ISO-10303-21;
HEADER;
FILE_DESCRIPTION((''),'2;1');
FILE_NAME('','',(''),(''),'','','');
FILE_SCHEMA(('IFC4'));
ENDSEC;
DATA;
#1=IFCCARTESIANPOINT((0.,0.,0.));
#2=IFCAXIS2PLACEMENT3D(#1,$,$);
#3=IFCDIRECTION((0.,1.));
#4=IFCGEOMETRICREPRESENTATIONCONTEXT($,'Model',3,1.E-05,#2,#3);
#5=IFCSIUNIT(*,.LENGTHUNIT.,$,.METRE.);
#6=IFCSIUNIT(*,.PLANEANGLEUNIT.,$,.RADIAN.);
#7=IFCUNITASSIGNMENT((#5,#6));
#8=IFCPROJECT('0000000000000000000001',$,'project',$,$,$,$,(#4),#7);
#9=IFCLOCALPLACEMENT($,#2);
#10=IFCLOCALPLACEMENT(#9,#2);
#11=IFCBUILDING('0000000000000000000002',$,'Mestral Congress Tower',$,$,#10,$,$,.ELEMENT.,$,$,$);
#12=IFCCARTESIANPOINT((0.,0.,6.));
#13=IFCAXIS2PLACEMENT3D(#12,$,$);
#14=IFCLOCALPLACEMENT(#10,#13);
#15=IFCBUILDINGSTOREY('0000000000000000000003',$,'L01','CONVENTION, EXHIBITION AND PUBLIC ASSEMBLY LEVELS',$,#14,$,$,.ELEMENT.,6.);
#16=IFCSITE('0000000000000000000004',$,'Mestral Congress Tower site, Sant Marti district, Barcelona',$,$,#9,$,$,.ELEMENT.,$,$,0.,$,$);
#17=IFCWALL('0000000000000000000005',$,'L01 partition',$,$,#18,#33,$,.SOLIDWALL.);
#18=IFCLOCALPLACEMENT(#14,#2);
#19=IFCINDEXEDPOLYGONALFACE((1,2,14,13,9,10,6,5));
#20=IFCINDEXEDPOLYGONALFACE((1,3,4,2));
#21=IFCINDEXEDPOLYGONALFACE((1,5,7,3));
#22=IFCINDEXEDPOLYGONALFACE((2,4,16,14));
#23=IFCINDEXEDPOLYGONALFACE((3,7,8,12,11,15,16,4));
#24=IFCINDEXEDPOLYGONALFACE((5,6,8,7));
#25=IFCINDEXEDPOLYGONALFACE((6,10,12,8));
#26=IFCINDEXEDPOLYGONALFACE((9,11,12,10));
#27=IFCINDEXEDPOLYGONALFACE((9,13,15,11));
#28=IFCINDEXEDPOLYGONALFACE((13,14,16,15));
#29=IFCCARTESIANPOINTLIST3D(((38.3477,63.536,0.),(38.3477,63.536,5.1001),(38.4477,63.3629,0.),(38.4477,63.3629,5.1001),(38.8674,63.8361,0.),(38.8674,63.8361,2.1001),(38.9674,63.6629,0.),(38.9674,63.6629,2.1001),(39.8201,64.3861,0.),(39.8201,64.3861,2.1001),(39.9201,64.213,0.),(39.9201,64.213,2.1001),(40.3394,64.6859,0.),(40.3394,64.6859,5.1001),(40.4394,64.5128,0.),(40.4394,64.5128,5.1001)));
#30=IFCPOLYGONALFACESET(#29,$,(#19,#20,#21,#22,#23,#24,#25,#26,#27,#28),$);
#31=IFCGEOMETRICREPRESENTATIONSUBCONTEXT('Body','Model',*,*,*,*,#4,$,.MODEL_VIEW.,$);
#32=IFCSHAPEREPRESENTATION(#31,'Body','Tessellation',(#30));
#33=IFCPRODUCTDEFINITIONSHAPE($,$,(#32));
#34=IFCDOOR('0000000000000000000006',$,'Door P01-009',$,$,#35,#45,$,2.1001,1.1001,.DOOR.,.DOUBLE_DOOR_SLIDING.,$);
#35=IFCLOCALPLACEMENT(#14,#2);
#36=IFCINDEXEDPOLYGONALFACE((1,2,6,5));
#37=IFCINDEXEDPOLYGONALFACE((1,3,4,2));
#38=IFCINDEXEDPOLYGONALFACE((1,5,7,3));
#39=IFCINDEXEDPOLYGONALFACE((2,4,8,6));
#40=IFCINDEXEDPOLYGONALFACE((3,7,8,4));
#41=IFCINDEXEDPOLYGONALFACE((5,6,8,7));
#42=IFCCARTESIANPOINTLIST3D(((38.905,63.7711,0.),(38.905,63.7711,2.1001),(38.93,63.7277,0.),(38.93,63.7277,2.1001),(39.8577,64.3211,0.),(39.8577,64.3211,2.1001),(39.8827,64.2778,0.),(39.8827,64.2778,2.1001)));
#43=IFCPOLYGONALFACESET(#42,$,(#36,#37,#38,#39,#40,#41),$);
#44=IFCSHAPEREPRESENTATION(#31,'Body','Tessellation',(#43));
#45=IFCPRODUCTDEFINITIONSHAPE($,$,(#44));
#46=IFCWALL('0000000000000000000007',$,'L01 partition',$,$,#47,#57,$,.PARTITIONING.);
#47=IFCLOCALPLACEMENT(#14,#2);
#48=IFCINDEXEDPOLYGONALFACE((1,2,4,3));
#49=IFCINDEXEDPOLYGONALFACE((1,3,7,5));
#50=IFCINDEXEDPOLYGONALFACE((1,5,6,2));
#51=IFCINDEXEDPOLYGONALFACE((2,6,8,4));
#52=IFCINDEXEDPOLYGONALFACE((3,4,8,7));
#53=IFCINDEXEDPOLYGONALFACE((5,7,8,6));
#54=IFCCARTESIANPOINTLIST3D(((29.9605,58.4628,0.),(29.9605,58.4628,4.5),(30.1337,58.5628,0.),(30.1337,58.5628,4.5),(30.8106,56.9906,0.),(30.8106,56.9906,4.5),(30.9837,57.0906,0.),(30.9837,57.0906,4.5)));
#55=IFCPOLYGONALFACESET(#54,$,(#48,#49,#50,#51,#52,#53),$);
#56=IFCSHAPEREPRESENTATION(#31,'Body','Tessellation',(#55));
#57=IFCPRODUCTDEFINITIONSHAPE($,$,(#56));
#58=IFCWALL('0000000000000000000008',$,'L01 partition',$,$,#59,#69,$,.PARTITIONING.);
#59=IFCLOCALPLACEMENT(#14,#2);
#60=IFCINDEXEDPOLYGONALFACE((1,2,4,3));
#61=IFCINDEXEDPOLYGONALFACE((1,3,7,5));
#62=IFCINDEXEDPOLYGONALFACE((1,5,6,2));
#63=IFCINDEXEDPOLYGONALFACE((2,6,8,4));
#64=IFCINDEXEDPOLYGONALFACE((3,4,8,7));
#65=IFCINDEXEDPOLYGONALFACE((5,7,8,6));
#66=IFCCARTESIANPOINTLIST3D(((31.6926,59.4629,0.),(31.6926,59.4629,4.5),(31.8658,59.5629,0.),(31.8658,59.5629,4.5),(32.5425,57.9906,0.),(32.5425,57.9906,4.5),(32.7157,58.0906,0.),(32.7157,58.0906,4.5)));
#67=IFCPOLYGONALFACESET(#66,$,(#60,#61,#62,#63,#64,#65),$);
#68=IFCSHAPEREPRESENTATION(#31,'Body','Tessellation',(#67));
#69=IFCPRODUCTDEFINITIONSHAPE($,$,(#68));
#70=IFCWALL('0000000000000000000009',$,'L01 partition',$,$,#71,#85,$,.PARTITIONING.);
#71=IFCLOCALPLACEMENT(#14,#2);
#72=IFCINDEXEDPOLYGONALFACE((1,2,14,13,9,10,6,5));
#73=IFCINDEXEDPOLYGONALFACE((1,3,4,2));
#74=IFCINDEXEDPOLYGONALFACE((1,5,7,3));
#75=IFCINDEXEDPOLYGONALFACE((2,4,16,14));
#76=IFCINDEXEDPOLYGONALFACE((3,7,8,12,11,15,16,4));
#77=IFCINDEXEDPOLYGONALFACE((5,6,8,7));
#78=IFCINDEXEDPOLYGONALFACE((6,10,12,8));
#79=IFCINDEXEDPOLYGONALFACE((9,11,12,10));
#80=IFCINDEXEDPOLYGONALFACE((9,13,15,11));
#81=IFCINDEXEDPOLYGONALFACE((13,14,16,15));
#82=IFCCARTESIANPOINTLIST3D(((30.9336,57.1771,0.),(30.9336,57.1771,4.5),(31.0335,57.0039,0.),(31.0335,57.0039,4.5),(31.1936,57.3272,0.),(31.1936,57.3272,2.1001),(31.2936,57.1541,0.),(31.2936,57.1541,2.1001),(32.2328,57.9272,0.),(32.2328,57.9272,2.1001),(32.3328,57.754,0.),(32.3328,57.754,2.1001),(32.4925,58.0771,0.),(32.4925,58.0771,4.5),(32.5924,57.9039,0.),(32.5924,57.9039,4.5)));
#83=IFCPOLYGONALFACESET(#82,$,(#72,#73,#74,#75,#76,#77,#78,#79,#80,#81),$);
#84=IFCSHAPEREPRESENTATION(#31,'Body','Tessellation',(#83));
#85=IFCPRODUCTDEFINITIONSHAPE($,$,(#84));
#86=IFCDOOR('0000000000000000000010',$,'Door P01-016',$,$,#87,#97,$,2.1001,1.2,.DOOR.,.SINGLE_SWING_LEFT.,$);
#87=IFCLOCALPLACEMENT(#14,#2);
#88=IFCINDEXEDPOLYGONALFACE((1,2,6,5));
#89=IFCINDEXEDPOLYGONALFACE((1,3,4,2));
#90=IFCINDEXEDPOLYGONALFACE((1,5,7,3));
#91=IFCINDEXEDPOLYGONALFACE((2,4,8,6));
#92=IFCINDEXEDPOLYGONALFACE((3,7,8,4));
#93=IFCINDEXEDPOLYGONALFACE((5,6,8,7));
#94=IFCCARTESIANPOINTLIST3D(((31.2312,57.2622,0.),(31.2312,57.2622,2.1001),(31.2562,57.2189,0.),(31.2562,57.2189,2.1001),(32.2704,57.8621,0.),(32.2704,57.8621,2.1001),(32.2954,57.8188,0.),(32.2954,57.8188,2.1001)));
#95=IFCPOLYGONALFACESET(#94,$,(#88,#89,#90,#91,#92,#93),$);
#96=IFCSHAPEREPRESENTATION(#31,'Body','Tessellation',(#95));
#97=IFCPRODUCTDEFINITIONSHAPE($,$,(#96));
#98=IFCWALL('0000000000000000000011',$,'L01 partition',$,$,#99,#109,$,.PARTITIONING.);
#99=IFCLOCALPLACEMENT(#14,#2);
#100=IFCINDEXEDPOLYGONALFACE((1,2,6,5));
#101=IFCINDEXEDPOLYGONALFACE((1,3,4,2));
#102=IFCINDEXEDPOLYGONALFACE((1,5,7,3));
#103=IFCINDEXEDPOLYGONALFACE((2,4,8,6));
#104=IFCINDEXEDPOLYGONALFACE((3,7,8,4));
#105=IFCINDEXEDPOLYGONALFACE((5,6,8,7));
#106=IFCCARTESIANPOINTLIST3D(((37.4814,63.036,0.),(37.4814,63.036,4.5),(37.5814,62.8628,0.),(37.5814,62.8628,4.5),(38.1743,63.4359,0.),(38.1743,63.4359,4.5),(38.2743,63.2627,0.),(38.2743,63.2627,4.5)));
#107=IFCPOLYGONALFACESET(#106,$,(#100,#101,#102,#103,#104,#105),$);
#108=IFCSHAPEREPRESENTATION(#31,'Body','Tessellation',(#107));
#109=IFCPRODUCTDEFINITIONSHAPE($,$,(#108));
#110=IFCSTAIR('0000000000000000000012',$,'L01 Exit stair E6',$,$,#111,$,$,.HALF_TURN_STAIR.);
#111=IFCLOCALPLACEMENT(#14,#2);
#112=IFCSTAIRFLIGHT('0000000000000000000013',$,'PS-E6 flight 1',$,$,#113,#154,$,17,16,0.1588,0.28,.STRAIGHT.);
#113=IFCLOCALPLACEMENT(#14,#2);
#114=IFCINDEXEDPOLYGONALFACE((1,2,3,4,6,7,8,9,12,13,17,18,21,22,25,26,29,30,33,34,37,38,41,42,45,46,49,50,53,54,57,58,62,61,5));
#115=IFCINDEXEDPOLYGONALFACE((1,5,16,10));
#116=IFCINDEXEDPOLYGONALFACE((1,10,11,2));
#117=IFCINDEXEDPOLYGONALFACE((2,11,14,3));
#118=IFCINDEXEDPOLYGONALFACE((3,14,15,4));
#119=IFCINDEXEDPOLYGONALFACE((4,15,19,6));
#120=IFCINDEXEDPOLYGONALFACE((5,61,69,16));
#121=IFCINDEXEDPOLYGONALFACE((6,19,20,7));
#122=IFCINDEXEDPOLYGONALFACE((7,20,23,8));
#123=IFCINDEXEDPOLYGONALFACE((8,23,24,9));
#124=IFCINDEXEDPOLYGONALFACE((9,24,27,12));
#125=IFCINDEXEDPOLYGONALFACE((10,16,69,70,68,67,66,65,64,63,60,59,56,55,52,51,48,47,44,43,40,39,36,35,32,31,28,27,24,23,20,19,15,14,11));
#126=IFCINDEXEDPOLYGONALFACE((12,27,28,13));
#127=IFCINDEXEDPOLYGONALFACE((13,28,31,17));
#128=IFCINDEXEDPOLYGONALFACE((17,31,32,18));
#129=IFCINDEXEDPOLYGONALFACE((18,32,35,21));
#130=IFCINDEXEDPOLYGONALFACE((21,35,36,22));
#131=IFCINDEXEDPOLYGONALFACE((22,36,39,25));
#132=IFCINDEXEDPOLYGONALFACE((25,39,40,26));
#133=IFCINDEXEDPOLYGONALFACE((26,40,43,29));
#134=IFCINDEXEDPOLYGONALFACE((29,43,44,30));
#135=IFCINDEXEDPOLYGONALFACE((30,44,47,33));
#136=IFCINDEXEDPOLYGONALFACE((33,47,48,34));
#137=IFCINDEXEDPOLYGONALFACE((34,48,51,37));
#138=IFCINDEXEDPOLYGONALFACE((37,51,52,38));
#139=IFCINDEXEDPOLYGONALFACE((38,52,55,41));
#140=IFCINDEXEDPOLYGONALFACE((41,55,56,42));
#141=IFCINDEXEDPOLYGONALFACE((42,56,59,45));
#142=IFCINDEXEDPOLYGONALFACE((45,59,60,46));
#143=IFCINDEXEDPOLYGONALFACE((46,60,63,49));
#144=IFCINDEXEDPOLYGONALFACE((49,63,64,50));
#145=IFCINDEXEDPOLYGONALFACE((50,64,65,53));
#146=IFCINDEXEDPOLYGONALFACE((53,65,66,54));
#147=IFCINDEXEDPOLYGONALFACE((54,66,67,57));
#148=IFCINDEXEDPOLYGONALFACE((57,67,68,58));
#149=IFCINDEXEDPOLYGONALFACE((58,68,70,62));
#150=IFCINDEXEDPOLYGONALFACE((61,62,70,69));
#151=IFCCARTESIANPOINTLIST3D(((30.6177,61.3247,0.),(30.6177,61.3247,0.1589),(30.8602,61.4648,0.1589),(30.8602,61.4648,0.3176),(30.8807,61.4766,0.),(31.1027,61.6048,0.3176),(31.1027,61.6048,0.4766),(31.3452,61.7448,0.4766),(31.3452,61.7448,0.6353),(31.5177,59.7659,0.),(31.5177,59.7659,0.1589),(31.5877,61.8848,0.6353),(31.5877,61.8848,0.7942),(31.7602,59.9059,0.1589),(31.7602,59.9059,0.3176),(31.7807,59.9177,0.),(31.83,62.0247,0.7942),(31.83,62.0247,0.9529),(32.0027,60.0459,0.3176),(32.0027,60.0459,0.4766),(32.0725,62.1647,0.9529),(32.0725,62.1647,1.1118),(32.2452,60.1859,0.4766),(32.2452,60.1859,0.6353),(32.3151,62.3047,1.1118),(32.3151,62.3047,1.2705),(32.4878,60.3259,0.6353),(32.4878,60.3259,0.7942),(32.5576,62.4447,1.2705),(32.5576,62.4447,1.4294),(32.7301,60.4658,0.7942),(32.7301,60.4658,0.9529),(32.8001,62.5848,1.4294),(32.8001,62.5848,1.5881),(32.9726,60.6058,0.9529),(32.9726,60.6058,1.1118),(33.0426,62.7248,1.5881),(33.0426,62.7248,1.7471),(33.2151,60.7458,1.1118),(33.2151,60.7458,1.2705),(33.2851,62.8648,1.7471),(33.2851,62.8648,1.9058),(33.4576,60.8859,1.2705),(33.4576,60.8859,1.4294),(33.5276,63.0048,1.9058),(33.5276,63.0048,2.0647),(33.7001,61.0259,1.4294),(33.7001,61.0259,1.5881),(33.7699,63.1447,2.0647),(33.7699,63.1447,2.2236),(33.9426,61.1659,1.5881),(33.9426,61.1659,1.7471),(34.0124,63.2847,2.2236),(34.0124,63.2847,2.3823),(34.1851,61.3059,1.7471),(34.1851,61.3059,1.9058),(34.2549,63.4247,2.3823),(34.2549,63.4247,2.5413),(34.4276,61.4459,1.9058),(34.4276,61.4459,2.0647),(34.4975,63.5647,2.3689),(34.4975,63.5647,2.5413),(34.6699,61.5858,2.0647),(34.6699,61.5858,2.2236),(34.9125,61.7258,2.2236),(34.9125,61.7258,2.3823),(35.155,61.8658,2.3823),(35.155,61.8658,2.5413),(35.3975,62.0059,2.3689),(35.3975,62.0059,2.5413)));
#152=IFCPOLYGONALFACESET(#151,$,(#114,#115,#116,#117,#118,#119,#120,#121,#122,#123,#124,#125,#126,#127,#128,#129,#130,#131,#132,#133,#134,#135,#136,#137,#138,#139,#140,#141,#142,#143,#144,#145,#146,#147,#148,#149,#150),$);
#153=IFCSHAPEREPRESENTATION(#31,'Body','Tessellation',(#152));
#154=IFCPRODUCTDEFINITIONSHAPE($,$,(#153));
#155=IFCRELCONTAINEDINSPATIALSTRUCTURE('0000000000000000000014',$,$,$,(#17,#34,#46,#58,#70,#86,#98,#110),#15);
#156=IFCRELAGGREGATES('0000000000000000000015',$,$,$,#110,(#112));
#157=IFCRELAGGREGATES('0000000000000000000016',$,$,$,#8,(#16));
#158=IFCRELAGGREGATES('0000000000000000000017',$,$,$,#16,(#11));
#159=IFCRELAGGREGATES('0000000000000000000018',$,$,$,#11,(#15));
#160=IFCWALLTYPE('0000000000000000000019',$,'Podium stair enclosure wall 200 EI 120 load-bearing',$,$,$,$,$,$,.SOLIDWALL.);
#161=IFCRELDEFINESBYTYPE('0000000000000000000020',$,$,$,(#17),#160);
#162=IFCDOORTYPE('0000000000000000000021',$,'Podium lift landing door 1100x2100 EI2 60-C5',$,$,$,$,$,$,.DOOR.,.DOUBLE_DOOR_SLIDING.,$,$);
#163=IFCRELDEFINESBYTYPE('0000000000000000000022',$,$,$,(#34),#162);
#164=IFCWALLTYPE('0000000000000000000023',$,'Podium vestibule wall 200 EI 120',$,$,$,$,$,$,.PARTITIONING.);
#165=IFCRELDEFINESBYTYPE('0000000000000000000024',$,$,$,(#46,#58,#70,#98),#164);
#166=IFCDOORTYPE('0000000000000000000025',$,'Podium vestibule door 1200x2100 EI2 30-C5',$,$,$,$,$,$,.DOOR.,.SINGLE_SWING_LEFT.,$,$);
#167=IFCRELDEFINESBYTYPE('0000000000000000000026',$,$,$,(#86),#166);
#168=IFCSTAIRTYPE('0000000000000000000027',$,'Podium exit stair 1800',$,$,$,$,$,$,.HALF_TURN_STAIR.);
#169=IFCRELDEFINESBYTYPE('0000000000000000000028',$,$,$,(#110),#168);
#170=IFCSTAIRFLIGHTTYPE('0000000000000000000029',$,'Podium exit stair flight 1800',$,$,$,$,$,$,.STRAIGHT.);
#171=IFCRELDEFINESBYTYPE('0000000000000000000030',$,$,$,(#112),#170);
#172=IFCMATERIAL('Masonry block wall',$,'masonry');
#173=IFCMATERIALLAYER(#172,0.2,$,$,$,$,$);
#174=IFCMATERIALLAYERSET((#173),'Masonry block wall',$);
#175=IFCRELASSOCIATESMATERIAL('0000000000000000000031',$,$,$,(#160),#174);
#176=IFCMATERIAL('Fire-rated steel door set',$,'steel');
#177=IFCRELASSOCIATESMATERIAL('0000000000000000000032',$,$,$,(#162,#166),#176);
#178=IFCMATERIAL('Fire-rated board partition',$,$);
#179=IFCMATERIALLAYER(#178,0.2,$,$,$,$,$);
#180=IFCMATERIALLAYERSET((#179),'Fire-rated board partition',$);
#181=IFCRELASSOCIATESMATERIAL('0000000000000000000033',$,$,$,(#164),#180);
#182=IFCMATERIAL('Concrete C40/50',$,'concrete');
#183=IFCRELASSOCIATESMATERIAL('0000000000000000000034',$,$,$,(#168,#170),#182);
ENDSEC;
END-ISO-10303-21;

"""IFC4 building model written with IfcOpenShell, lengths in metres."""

from ifc_helpers import new_model, si_unit, direction, frame, frame_2d, origin, place, context, subcontext, project, spatial, polyline, rectangle, outline, extrude, material, layer, layer_set, type_object, element, fill, aggregate, save


model = new_model("IFC4")

# Units and contexts
model_context = context("Model", 3, precision=1e-05, world=origin(), true_north=direction((0.0, 1.0)))
body_context = subcontext(model_context, "Body", "Model", "MODEL_VIEW")
ifc_project = project(units=[si_unit("LENGTHUNIT", "METRE"), si_unit("PLANEANGLEUNIT", "RADIAN")], contexts=[model_context])

# Site, building, storey
site_placement = place(None, origin())
site = spatial("IfcSite", under=ifc_project, at=site_placement, Name="Mestral Congress Tower site, Sant Marti district, Barcelona", CompositionType="ELEMENT", RefElevation=0.0)
building_placement = place(site_placement, origin())
building = spatial("IfcBuilding", under=site, at=building_placement, Name="Mestral Congress Tower", CompositionType="ELEMENT")
storey_placement = place(building_placement, frame((0.0, 0.0, 6.0)))
storey = spatial("IfcBuildingStorey", under=building, at=storey_placement, Name="L01", Description="CONVENTION, EXHIBITION AND PUBLIC ASSEMBLY LEVELS", CompositionType="ELEMENT", Elevation=6.0)

# Shared definitions
ifc_material_1 = material(Name="Masonry block wall", Category="masonry")
ifc_material_2 = material(Name="Fire-rated steel door set", Category="steel")

# Shared definitions
ifc_layer_1 = layer(ifc_material_1, 0.2)
ifc_layer_set_1 = layer_set([ifc_layer_1], Name="Masonry block wall")
wall_type_1 = type_object("IfcWallType", Name="Podium stair enclosure wall 200 EI 120 load-bearing", PredefinedType="SOLIDWALL", material=ifc_layer_set_1)

# Wall, opening, door
wall_1_placement = place(storey_placement, frame((38.3977, 63.4495, 0.0), z_axis=(0.0, 0.0, 1.0), x_axis=(0.866026, 0.499998, 0.0)))
wall_1 = element("IfcWall", 1, at=wall_1_placement, inside=storey, type_object=wall_type_1, Name="L01 partition", PredefinedType="SOLIDWALL", context=body_context, shape_type="SweptSolid", body=[
    extrude(rectangle(XDim=2.2998, YDim=0.2, at=frame_2d((1.1499, 0.0))), origin(), (0.0, 0.0, 1.0), 5.1001),
])
opening_1_placement = place(wall_1_placement, frame((0.6001, 0.0, 0.0)))
opening_1 = element("IfcOpeningElement", 2, at=opening_1_placement, cuts=wall_1, PredefinedType="OPENING", context=body_context, shape_type="SweptSolid", body=[
    extrude(rectangle(XDim=1.1001, YDim=2.1001, at=frame_2d((0.55, 1.05))), frame((0.0, 0.1099, 0.0), z_axis=(0.0, -1.0, 0.0), x_axis=(1.0, 0.0, 0.0)), (0.0, 0.0, 1.0), 0.22),
])
door_type_1 = type_object("IfcDoorType", Name="Podium lift landing door 1100x2100 EI2 60-C5", OperationType="DOUBLE_DOOR_SLIDING", PredefinedType="DOOR", material=ifc_material_2)
door_1_placement = place(opening_1_placement, origin())
door_1 = element("IfcDoor", 3, at=door_1_placement, inside=storey, type_object=door_type_1, Name="Door P01-009", OperationType="DOUBLE_DOOR_SLIDING", OverallHeight=2.1001, OverallWidth=1.1001, PredefinedType="DOOR", context=body_context, shape_type="SweptSolid", body=[
    extrude(rectangle(XDim=1.1001, YDim=2.1001, at=frame_2d((0.55, 1.05))), frame((0.0, 0.0249, 0.0), z_axis=(0.0, -1.0, 0.0), x_axis=(1.0, 0.0, 0.0)), (0.0, 0.0, 1.0), 0.05),
])
fill(opening_1, door_1)

# Walls
ifc_material_3 = material(Name="Fire-rated board partition")
ifc_layer_2 = layer(ifc_material_3, 0.2)
ifc_layer_set_2 = layer_set([ifc_layer_2], Name="Fire-rated board partition")
wall_type_2 = type_object("IfcWallType", Name="Podium vestibule wall 200 EI 120", PredefinedType="PARTITIONING", material=ifc_layer_set_2)
for number, where, z_axis, x_axis, name in (
    (4, (30.8972, 57.0405, 0.0), (0.0, 0.0, 1.0), (-0.500062, 0.865989, 0.0), "L01 partition"),
    (5, (32.6292, 58.0405, 0.0), (0.0, 0.0, 1.0), (-0.499955, 0.866052, 0.0), "L01 partition"),
):
    element("IfcWall", number, at=place(storey_placement, frame(where, z_axis=z_axis, x_axis=x_axis)), inside=storey, type_object=wall_type_2, Name=name, PredefinedType="PARTITIONING", context=body_context, shape_type="SweptSolid", body=[
        extrude(rectangle(XDim=1.7, YDim=0.2, at=frame_2d((0.8501, 0.0))), origin(), (0.0, 0.0, 1.0), 4.5),
    ])

# Wall, opening, door
wall_2_placement = place(storey_placement, frame((30.9836, 57.0906, 0.0), z_axis=(0.0, 0.0, 1.0), x_axis=(0.866048, 0.499961, 0.0)))
wall_2 = element("IfcWall", 6, at=wall_2_placement, inside=storey, type_object=wall_type_2, Name="L01 partition", PredefinedType="PARTITIONING", context=body_context, shape_type="SweptSolid", body=[
    extrude(rectangle(XDim=1.8, YDim=0.2, at=frame_2d((0.8999, 0.0))), origin(), (0.0, 0.0, 1.0), 4.5),
])
opening_2_placement = place(wall_2_placement, frame((0.3, 0.0, 0.0)))
opening_2 = element("IfcOpeningElement", 7, at=opening_2_placement, cuts=wall_2, PredefinedType="OPENING", context=body_context, shape_type="SweptSolid", body=[
    extrude(rectangle(XDim=1.2, YDim=2.1001, at=frame_2d((0.6001, 1.05))), frame((0.0, 0.1099, 0.0), z_axis=(0.0, -1.0, 0.0), x_axis=(1.0, 0.0, 0.0)), (0.0, 0.0, 1.0), 0.22),
])
door_type_2 = type_object("IfcDoorType", Name="Podium vestibule door 1200x2100 EI2 30-C5", OperationType="SINGLE_SWING_LEFT", PredefinedType="DOOR", material=ifc_material_2)
door_2_placement = place(opening_2_placement, origin())
door_2 = element("IfcDoor", 8, at=door_2_placement, inside=storey, type_object=door_type_2, Name="Door P01-016", OperationType="SINGLE_SWING_LEFT", OverallHeight=2.1001, OverallWidth=1.2, PredefinedType="DOOR", context=body_context, shape_type="SweptSolid", body=[
    extrude(rectangle(XDim=1.2, YDim=2.1001, at=frame_2d((0.6001, 1.05))), frame((0.0, 0.0249, 0.0), z_axis=(0.0, -1.0, 0.0), x_axis=(1.0, 0.0, 0.0)), (0.0, 0.0, 1.0), 0.05),
])
fill(opening_2, door_2)

# Wall
wall_3_placement = place(storey_placement, frame((37.5315, 62.9495, 0.0), z_axis=(0.0, 0.0, 1.0), x_axis=(0.866094, 0.499881, 0.0)))
element("IfcWall", 9, at=wall_3_placement, inside=storey, type_object=wall_type_2, Name="L01 partition", PredefinedType="PARTITIONING", context=body_context, shape_type="SweptSolid", body=[
    extrude(rectangle(XDim=0.8, YDim=0.2, at=frame_2d((0.3999, 0.0))), origin(), (0.0, 0.0, 1.0), 4.5),
])

# Stair, stair flight
ifc_material_4 = material(Name="Concrete C40/50", Category="concrete")
stair_type = type_object("IfcStairType", Name="Podium exit stair 1800", PredefinedType="HALF_TURN_STAIR", material=ifc_material_4)
stair_placement = place(storey_placement, origin())
stair = element("IfcStair", 10, at=stair_placement, inside=storey, type_object=stair_type, Name="L01 Exit stair E6", PredefinedType="HALF_TURN_STAIR")
stair_flight_type = type_object("IfcStairFlightType", Name="Podium exit stair flight 1800", PredefinedType="STRAIGHT", material=ifc_material_4)
stair_flight_1_placement = place(storey_placement, frame((31.0676, 60.5454, 0.0), z_axis=(0.0, 0.0, 1.0), x_axis=(0.866025, 0.5, 0.0)))
stair_flight_1 = element("IfcStairFlight", 11, at=stair_flight_1_placement, type_object=stair_flight_type, Name="PS-E6 flight 1", NumberOfRisers=17, NumberOfTreads=16, PredefinedType="STRAIGHT", RiserHeight=0.1588, TreadLength=0.28, context=body_context, shape_type="SweptSolid", body=[
    extrude(outline(polyline([(0.0, 0.0), (0.0, 0.1589), (0.28, 0.1589), (0.28, 0.3176), (0.5601, 0.3176), (0.5601, 0.4766), (0.8401, 0.4766), (0.8401, 0.6353), (1.1201, 0.6353), (1.1201, 0.7942), (1.3999, 0.7942), (1.3999, 0.9529), (1.6799, 0.9529), (1.6799, 1.1118), (1.96, 1.1118), (1.96, 1.2705), (2.24, 1.2705), (2.24, 1.4294), (2.52, 1.4294), (2.52, 1.5881), (2.8, 1.5881), (2.8, 1.7471), (3.0801, 1.7471), (3.0801, 1.9058), (3.3601, 1.9058), (3.3601, 2.0647), (3.6399, 2.0647), (3.6399, 2.2236), (3.9199, 2.2236), (3.9199, 2.3823), (4.2, 2.3823), (4.2, 2.5413), (4.48, 2.5413), (4.48, 2.7), (4.48, 2.3689), (0.3037, 0.0), (0.0, 0.0)])), frame((0.0, 0.8999, 0.0), z_axis=(0.0, -1.0, 0.0), x_axis=(1.0, 0.0, 0.0)), (0.0, 0.0, 1.0), 1.8),
])
aggregate(stair, [stair_flight_1])

save(model, "model.ifc")
